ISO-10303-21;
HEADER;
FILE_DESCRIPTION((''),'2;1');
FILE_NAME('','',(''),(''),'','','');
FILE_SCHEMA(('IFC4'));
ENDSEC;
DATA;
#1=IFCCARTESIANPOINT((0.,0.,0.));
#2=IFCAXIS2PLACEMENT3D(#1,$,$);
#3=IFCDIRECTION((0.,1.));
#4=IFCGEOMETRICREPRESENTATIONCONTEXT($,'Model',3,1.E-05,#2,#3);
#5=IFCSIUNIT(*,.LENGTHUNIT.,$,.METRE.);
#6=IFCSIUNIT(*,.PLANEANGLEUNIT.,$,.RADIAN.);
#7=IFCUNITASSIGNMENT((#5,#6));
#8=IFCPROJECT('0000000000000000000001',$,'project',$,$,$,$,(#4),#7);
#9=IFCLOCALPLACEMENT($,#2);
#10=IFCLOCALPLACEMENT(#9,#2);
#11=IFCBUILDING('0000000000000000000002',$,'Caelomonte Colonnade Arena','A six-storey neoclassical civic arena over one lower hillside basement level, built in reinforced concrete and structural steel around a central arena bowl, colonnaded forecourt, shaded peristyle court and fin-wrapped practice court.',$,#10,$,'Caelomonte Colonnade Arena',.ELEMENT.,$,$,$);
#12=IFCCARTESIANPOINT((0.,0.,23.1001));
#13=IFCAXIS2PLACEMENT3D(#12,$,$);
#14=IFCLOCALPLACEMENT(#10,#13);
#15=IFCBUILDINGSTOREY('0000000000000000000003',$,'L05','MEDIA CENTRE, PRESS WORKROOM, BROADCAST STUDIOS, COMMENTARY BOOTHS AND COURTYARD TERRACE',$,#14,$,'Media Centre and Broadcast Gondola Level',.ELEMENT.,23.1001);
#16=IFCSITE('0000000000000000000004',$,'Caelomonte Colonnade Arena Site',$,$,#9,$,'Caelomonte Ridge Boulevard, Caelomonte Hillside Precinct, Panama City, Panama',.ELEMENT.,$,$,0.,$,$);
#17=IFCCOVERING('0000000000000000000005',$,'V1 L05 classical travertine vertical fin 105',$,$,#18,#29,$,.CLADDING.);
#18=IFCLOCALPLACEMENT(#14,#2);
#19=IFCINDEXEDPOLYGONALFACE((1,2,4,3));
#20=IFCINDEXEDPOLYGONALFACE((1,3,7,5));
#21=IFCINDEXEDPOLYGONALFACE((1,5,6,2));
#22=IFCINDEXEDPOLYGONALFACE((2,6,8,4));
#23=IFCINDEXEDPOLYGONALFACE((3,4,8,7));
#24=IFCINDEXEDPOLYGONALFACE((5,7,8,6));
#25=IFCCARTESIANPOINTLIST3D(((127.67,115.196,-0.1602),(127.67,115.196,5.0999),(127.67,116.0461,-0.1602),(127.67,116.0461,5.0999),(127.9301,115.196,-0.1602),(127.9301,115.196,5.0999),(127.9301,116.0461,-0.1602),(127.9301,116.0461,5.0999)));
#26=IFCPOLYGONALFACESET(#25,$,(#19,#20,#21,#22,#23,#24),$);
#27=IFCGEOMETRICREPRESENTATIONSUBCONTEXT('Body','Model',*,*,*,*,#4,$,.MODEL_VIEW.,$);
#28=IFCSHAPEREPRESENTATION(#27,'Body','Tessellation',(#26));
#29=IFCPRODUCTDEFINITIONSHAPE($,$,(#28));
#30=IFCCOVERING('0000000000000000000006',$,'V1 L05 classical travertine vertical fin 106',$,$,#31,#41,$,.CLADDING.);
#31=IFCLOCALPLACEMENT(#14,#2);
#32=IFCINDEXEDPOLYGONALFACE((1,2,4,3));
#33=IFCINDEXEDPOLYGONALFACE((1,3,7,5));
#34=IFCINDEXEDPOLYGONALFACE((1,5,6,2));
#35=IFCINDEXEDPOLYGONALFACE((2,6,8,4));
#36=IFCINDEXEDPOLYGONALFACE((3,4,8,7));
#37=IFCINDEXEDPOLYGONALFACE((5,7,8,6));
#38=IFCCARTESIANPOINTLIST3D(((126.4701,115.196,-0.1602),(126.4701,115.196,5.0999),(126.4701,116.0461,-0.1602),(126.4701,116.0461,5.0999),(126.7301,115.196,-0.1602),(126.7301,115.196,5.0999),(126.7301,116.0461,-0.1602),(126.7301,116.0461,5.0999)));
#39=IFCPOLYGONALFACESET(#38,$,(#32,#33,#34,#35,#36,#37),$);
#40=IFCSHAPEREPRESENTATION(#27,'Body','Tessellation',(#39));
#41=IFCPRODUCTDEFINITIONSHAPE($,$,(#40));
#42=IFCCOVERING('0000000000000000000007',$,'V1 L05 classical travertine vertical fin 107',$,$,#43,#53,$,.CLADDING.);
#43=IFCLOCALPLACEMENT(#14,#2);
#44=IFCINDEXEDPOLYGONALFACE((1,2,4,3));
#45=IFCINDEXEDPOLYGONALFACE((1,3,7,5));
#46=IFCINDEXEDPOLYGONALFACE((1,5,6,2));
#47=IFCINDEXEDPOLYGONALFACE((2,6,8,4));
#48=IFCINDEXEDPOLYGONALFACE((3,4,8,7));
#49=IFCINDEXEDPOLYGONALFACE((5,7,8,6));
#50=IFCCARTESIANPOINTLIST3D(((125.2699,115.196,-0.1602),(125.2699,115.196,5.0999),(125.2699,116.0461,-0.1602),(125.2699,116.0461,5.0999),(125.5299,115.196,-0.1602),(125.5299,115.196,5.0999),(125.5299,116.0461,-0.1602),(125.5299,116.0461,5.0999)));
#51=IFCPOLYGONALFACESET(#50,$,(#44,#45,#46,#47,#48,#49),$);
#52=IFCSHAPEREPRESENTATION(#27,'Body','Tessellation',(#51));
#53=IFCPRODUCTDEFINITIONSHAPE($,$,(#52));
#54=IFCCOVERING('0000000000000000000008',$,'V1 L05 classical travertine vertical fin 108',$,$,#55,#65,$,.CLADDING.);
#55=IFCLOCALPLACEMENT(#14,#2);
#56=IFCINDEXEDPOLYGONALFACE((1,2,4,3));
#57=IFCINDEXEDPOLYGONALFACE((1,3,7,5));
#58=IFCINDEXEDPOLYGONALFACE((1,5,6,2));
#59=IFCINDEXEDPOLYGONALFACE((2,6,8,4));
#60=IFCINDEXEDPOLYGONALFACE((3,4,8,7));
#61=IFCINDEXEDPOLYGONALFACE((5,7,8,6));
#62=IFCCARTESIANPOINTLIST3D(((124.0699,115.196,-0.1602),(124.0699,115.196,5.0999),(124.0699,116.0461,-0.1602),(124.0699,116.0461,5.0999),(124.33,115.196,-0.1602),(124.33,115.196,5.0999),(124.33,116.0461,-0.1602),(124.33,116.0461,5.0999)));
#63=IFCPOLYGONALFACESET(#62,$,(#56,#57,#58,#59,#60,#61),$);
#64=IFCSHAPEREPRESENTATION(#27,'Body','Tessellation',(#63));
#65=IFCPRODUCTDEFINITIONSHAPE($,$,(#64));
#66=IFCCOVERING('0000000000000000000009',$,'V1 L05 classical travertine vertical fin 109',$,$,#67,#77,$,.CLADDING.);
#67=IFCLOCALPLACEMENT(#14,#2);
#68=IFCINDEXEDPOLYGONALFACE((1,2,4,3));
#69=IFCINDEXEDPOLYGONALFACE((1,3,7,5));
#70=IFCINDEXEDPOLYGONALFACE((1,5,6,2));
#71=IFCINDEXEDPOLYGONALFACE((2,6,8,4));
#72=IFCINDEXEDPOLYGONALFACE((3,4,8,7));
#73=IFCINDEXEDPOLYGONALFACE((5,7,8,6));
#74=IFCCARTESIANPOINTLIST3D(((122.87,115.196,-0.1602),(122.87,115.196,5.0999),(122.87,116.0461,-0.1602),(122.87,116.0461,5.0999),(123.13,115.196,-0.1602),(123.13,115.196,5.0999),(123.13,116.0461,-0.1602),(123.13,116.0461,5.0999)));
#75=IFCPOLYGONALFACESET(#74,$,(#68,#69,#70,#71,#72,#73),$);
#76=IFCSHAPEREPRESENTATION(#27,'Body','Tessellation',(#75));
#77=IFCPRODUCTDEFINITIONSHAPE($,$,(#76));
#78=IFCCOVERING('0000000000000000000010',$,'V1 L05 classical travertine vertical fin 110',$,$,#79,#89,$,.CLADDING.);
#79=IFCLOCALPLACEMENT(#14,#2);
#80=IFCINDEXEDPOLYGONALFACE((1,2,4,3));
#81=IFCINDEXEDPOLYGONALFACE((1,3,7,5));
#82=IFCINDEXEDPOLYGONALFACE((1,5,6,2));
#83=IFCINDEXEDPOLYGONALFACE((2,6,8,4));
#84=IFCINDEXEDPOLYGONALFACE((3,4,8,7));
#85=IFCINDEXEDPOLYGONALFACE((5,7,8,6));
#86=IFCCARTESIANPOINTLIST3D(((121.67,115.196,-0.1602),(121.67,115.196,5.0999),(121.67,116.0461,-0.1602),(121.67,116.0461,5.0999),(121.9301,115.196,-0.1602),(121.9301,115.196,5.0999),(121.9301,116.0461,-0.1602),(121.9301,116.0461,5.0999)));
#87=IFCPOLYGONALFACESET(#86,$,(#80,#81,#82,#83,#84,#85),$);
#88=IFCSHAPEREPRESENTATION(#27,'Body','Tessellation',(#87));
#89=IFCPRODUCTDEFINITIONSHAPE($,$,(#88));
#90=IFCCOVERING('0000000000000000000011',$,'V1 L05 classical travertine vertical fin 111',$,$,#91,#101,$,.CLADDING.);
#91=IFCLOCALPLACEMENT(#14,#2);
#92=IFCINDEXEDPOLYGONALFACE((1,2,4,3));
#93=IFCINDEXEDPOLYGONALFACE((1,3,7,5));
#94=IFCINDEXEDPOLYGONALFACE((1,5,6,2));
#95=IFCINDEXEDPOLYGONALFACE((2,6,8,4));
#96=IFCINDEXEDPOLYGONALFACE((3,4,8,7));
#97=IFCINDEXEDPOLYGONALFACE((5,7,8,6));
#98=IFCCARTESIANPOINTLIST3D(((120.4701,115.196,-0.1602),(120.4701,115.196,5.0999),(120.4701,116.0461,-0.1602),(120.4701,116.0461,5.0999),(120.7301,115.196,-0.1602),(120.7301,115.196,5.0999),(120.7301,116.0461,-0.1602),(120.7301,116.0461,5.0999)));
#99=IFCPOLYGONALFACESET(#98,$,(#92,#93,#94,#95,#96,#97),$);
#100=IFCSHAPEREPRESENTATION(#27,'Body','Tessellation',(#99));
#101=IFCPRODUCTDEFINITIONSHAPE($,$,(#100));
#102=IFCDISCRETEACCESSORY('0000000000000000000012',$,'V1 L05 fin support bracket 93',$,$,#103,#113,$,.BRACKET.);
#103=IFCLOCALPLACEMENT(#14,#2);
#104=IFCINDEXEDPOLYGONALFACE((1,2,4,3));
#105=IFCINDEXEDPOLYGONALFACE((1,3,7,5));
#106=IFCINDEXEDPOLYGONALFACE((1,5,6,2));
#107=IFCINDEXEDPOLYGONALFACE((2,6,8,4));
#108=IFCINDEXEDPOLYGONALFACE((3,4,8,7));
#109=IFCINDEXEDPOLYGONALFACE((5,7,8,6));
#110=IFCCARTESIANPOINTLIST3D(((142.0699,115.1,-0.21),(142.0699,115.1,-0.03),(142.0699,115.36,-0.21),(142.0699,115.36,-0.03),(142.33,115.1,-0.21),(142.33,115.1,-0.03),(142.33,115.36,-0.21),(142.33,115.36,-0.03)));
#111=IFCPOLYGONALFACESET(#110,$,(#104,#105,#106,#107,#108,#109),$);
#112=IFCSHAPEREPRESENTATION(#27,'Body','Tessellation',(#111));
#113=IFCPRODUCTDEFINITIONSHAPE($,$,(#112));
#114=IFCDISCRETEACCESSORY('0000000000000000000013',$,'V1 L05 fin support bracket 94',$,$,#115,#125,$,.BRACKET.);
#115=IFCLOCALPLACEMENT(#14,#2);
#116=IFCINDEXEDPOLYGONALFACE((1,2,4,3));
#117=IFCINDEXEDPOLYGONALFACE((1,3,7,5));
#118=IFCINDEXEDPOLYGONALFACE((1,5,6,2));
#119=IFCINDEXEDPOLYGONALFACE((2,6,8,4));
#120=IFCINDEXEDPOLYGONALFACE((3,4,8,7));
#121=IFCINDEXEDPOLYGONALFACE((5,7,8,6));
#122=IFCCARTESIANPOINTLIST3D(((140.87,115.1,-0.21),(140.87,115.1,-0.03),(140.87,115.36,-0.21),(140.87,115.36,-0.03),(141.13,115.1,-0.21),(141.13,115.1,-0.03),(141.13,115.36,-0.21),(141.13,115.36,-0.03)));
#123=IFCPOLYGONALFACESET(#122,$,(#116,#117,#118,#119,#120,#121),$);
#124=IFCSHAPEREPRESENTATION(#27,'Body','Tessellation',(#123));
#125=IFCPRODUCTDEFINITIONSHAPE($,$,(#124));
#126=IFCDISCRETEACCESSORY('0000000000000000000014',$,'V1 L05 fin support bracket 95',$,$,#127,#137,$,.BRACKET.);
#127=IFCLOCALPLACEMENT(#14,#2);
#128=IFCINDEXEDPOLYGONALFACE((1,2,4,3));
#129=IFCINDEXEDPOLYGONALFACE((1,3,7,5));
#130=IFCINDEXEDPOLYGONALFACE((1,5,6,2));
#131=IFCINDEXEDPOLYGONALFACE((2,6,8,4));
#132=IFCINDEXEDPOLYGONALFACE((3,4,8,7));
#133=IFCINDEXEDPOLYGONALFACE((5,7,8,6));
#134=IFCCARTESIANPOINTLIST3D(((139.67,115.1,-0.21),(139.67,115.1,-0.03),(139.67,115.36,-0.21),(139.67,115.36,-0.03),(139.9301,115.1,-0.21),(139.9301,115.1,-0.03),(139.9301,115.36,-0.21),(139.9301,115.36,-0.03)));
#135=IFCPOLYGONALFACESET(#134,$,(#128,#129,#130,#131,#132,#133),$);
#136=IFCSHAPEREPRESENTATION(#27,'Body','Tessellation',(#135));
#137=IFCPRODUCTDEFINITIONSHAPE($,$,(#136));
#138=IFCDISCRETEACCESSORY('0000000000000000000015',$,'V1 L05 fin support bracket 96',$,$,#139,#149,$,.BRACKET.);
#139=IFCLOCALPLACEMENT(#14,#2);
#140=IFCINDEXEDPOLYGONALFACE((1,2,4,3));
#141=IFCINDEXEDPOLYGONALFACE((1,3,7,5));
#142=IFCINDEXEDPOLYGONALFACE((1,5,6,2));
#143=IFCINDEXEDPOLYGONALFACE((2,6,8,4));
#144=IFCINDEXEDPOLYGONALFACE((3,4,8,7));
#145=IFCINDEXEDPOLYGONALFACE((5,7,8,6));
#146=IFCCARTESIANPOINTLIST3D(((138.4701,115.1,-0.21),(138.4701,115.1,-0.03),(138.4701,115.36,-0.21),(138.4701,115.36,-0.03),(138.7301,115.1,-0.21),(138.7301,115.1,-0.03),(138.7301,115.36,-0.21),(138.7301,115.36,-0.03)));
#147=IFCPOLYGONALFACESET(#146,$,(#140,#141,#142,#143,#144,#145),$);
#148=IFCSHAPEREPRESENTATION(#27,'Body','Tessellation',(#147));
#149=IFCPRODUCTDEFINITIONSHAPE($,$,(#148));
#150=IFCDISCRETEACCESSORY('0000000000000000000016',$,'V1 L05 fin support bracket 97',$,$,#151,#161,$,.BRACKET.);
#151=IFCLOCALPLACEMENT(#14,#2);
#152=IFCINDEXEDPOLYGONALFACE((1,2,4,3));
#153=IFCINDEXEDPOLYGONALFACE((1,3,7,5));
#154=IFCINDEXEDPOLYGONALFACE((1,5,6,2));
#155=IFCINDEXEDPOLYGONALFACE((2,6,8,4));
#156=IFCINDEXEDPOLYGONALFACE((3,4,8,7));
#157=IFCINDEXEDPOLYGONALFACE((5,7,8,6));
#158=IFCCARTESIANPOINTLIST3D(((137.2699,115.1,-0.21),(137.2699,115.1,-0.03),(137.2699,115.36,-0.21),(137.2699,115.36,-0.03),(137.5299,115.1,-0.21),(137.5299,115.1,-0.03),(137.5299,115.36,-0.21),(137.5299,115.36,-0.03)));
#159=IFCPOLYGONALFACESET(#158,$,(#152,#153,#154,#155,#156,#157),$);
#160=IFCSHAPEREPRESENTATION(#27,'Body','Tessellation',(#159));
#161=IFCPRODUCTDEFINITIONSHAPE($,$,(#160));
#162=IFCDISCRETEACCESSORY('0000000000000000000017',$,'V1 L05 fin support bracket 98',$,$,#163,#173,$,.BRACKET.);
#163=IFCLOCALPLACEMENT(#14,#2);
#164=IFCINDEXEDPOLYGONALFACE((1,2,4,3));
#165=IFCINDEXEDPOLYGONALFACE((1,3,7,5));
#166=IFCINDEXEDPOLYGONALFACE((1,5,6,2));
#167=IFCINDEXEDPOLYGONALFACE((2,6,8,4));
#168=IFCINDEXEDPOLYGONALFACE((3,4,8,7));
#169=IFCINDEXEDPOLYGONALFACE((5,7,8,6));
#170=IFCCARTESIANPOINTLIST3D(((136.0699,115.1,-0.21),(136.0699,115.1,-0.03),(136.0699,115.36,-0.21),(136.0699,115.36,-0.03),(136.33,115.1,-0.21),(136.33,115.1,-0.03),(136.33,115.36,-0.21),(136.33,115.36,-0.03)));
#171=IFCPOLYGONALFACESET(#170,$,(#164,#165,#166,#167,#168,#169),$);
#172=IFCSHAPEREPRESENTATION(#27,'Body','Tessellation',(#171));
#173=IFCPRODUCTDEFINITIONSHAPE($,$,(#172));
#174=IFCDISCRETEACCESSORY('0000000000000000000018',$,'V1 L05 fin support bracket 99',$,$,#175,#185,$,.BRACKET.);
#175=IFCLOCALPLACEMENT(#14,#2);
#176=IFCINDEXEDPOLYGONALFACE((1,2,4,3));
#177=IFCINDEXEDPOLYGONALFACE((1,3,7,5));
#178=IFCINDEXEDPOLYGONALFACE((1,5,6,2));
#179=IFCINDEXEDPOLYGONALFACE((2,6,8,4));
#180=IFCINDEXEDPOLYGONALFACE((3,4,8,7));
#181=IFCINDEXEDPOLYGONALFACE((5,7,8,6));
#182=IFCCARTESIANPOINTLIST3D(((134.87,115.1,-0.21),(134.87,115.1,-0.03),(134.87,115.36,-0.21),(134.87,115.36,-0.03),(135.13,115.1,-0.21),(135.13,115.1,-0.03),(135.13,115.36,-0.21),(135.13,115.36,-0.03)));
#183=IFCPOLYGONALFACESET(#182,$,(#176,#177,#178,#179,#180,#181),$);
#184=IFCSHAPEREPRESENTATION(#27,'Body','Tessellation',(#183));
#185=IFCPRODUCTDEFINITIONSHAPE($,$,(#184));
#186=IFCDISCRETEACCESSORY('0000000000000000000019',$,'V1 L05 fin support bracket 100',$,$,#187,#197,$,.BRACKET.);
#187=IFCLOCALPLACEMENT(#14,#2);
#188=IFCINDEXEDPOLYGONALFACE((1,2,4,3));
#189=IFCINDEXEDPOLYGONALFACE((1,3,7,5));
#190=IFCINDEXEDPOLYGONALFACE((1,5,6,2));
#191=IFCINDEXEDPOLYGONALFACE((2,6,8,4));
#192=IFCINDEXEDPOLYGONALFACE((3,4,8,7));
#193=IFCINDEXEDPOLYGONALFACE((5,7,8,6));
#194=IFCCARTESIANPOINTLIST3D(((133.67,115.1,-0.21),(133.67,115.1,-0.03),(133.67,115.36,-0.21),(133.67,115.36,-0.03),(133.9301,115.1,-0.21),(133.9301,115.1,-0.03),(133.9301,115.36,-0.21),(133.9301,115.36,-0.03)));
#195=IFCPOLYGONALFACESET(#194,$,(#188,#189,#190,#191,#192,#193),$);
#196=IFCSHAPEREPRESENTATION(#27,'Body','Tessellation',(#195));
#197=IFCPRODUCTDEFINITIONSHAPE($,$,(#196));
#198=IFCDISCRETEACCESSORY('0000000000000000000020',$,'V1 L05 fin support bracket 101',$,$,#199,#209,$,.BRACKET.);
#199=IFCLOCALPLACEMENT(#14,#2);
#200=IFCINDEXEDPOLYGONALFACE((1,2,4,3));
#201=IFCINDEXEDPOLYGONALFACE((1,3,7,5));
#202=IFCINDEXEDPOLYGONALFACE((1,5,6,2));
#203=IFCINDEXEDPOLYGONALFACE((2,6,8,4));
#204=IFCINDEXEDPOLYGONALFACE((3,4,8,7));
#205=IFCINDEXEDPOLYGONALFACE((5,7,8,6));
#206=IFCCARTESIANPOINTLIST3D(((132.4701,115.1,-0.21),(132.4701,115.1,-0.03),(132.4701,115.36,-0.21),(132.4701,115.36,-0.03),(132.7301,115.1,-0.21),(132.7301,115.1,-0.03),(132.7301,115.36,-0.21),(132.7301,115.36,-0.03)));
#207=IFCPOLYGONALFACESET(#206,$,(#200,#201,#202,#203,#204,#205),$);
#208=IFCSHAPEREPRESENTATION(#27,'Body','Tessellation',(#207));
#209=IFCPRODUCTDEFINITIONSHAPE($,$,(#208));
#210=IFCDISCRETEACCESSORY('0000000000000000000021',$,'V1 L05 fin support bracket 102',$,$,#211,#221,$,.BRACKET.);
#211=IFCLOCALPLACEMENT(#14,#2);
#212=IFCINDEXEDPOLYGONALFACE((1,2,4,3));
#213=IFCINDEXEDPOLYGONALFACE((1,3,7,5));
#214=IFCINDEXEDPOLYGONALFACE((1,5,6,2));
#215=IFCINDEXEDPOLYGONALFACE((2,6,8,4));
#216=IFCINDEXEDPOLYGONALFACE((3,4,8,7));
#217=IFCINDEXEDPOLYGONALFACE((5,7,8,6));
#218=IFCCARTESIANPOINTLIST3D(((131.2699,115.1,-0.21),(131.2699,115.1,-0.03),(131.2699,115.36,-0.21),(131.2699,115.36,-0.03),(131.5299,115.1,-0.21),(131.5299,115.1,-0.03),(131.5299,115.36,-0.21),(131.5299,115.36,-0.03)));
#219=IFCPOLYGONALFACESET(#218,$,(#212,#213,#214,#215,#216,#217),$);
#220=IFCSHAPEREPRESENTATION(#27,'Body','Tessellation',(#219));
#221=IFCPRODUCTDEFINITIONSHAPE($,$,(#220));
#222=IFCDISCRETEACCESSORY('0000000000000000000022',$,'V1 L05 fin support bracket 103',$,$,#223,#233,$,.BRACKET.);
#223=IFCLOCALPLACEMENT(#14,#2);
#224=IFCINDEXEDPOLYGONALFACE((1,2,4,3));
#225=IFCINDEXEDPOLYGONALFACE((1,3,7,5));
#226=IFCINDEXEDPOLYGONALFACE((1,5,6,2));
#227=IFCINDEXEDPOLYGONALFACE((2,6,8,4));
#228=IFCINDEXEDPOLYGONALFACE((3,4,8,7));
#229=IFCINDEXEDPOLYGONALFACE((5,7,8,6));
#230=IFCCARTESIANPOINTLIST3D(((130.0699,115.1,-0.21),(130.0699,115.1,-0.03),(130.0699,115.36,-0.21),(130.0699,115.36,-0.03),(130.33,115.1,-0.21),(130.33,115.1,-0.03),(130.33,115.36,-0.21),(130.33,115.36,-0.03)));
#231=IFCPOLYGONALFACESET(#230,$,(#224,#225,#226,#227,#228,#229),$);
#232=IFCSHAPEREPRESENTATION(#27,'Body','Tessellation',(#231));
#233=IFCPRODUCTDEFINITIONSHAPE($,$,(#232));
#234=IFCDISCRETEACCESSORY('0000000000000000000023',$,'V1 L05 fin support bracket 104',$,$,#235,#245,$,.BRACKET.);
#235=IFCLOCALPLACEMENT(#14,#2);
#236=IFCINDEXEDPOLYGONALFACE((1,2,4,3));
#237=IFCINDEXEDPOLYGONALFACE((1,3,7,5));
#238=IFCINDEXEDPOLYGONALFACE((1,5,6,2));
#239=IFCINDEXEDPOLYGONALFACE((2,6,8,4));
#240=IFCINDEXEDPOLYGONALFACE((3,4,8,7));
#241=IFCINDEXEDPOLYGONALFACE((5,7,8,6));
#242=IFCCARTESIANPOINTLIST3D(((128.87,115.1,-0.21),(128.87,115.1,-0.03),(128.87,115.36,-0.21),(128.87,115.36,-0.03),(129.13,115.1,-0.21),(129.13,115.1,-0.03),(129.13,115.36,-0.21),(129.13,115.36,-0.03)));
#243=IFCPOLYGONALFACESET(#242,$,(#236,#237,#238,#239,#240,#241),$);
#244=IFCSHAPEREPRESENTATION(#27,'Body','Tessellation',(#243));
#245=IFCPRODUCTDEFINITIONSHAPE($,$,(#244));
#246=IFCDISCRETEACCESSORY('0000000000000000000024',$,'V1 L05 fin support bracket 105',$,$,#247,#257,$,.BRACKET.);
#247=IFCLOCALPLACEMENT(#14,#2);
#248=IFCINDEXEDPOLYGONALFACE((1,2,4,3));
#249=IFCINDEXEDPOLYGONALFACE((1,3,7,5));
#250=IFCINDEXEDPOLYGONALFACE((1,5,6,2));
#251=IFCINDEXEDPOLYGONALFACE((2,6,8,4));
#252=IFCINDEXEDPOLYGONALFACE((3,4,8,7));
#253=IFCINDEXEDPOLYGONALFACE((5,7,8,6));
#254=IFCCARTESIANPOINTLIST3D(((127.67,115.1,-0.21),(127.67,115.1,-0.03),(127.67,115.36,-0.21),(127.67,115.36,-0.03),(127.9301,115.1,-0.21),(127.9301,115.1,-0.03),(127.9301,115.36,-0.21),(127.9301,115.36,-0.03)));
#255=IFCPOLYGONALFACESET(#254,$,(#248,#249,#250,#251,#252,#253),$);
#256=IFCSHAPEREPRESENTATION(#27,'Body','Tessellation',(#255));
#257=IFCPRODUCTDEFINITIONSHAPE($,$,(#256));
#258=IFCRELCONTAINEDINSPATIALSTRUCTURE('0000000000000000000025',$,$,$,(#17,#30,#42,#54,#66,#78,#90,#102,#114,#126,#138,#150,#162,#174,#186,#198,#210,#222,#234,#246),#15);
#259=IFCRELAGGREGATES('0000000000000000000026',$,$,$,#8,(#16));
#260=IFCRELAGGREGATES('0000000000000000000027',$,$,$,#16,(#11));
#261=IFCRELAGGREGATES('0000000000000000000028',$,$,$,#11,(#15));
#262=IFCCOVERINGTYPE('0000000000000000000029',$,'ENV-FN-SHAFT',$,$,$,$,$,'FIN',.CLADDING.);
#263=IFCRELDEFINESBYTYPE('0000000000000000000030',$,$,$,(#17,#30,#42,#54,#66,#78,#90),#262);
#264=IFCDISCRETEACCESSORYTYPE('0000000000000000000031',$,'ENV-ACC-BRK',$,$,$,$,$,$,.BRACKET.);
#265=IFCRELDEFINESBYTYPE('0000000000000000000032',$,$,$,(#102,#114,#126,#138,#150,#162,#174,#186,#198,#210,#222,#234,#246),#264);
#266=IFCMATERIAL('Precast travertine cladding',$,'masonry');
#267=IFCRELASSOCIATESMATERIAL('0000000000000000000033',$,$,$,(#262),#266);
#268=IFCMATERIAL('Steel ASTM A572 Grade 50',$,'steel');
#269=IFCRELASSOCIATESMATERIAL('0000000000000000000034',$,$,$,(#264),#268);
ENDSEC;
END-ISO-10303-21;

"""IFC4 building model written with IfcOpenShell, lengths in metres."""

from ifc_helpers import new_model, si_unit, direction, frame, origin, origin_2d, place, context, subcontext, project, spatial, rectangle, extrude, material, material_profile, profile_set, type_object, element, save


model = new_model("IFC4")

# Units and contexts
model_context = context("Model", 3, precision=1e-05, world=origin(), true_north=direction((0.0, 1.0)))
body_context = subcontext(model_context, "Body", "Model", "MODEL_VIEW")
ifc_project = project(units=[si_unit("LENGTHUNIT", "METRE"), si_unit("PLANEANGLEUNIT", "RADIAN")], contexts=[model_context])

# Site, building, storey
site_placement = place(None, origin())
site = spatial("IfcSite", under=ifc_project, at=site_placement, Name="Caelomonte Colonnade Arena Site", LongName="Caelomonte Ridge Boulevard, Caelomonte Hillside Precinct, Panama City, Panama", CompositionType="ELEMENT", RefElevation=0.0)
building_placement = place(site_placement, origin())
building = spatial("IfcBuilding", under=site, at=building_placement, Name="Caelomonte Colonnade Arena", Description="A six-storey neoclassical civic arena over one lower hillside basement level, built in reinforced concrete and structural steel around a central arena bowl, colonnaded forecourt, shaded peristyle court and fin-wrapped practice court.", LongName="Caelomonte Colonnade Arena", CompositionType="ELEMENT")
storey_placement = place(building_placement, frame((0.0, 0.0, 23.1001)))
storey = spatial("IfcBuildingStorey", under=building, at=storey_placement, Name="L05", Description="MEDIA CENTRE, PRESS WORKROOM, BROADCAST STUDIOS, COMMENTARY BOOTHS AND COURTYARD TERRACE", LongName="Media Centre and Broadcast Gondola Level", CompositionType="ELEMENT", Elevation=23.1001)

# Coverings
ifc_material_1 = material(Name="Precast travertine cladding", Category="masonry")
ifc_material_profile = material_profile(ifc_material_1, rectangle(XDim=0.26, YDim=0.8501, at=origin_2d()), Name="FIN260X850")
ifc_profile_set = profile_set([ifc_material_profile], Name="Precast travertine cladding")
covering_type = type_object("IfcCoveringType", Name="ENV-FN-SHAFT", ElementType="FIN", PredefinedType="CLADDING", material=ifc_profile_set)
for number, where, z_axis, x_axis, name in (
    (1, (127.8, 115.6211, -0.1602), (0.0, 0.0, 1.0), (1.0, 0.0, 0.0), "V1 L05 classical travertine vertical fin 105"),
    (2, (126.6001, 115.6211, -0.1602), (0.0, 0.0, 1.0), (1.0, 0.0, 0.0), "V1 L05 classical travertine vertical fin 106"),
    (3, (125.3999, 115.6211, -0.1602), (0.0, 0.0, 1.0), (1.0, 0.0, 0.0), "V1 L05 classical travertine vertical fin 107"),
    (4, (124.2, 115.6211, -0.1602), (0.0, 0.0, 1.0), (1.0, 0.0, 0.0), "V1 L05 classical travertine vertical fin 108"),
    (5, (123.0, 115.6211, -0.1602), (0.0, 0.0, 1.0), (1.0, 0.0, 0.0), "V1 L05 classical travertine vertical fin 109"),
    (6, (121.8, 115.6211, -0.1602), (0.0, 0.0, 1.0), (1.0, 0.0, 0.0), "V1 L05 classical travertine vertical fin 110"),
    (7, (120.6001, 115.6211, -0.1602), (0.0, 0.0, 1.0), (1.0, 0.0, 0.0), "V1 L05 classical travertine vertical fin 111"),
):
    element("IfcCovering", number, at=place(storey_placement, frame(where, z_axis=z_axis, x_axis=x_axis)), inside=storey, type_object=covering_type, Name=name, PredefinedType="CLADDING", context=body_context, shape_type="SweptSolid", body=[
        extrude(rectangle(XDim=0.26, YDim=0.8501, at=origin_2d()), origin(), (0.0, 0.0, 1.0), 5.26),
    ])

# Discrete accessories
ifc_material_2 = material(Name="Steel ASTM A572 Grade 50", Category="steel")
discrete_accessory_type = type_object("IfcDiscreteAccessoryType", Name="ENV-ACC-BRK", PredefinedType="BRACKET", material=ifc_material_2)
for number, where, z_axis, x_axis, name in (
    (8, (142.2, 115.23, -0.21), (0.0, 0.0, 1.0), (-1.0, 0.0, 0.0), "V1 L05 fin support bracket 93"),
    (9, (141.0, 115.23, -0.21), (0.0, 0.0, 1.0), (-1.0, 0.0, 0.0), "V1 L05 fin support bracket 94"),
    (10, (139.8, 115.23, -0.21), (0.0, 0.0, 1.0), (-1.0, 0.0, 0.0), "V1 L05 fin support bracket 95"),
    (11, (138.6001, 115.23, -0.21), (0.0, 0.0, 1.0), (-1.0, 0.0, 0.0), "V1 L05 fin support bracket 96"),
    (12, (137.3999, 115.23, -0.21), (0.0, 0.0, 1.0), (-1.0, 0.0, 0.0), "V1 L05 fin support bracket 97"),
    (13, (136.2, 115.23, -0.21), (0.0, 0.0, 1.0), (-1.0, 0.0, 0.0), "V1 L05 fin support bracket 98"),
    (14, (135.0, 115.23, -0.21), (0.0, 0.0, 1.0), (-1.0, 0.0, 0.0), "V1 L05 fin support bracket 99"),
    (15, (133.8, 115.23, -0.21), (0.0, 0.0, 1.0), (-1.0, 0.0, 0.0), "V1 L05 fin support bracket 100"),
    (16, (132.6001, 115.23, -0.21), (0.0, 0.0, 1.0), (-1.0, 0.0, 0.0), "V1 L05 fin support bracket 101"),
    (17, (131.3999, 115.23, -0.21), (0.0, 0.0, 1.0), (-1.0, 0.0, 0.0), "V1 L05 fin support bracket 102"),
    (18, (130.2, 115.23, -0.21), (0.0, 0.0, 1.0), (-1.0, 0.0, 0.0), "V1 L05 fin support bracket 103"),
    (19, (129.0, 115.23, -0.21), (0.0, 0.0, 1.0), (-1.0, 0.0, 0.0), "V1 L05 fin support bracket 104"),
    (20, (127.8, 115.23, -0.21), (0.0, 0.0, 1.0), (-1.0, 0.0, 0.0), "V1 L05 fin support bracket 105"),
):
    element("IfcDiscreteAccessory", number, at=place(storey_placement, frame(where, z_axis=z_axis, x_axis=x_axis)), inside=storey, type_object=discrete_accessory_type, Name=name, PredefinedType="BRACKET", context=body_context, shape_type="SweptSolid", body=[
        extrude(rectangle(XDim=0.26, YDim=0.26, at=origin_2d()), origin(), (0.0, 0.0, 1.0), 0.1799),
    ])

save(model, "model.ifc")
